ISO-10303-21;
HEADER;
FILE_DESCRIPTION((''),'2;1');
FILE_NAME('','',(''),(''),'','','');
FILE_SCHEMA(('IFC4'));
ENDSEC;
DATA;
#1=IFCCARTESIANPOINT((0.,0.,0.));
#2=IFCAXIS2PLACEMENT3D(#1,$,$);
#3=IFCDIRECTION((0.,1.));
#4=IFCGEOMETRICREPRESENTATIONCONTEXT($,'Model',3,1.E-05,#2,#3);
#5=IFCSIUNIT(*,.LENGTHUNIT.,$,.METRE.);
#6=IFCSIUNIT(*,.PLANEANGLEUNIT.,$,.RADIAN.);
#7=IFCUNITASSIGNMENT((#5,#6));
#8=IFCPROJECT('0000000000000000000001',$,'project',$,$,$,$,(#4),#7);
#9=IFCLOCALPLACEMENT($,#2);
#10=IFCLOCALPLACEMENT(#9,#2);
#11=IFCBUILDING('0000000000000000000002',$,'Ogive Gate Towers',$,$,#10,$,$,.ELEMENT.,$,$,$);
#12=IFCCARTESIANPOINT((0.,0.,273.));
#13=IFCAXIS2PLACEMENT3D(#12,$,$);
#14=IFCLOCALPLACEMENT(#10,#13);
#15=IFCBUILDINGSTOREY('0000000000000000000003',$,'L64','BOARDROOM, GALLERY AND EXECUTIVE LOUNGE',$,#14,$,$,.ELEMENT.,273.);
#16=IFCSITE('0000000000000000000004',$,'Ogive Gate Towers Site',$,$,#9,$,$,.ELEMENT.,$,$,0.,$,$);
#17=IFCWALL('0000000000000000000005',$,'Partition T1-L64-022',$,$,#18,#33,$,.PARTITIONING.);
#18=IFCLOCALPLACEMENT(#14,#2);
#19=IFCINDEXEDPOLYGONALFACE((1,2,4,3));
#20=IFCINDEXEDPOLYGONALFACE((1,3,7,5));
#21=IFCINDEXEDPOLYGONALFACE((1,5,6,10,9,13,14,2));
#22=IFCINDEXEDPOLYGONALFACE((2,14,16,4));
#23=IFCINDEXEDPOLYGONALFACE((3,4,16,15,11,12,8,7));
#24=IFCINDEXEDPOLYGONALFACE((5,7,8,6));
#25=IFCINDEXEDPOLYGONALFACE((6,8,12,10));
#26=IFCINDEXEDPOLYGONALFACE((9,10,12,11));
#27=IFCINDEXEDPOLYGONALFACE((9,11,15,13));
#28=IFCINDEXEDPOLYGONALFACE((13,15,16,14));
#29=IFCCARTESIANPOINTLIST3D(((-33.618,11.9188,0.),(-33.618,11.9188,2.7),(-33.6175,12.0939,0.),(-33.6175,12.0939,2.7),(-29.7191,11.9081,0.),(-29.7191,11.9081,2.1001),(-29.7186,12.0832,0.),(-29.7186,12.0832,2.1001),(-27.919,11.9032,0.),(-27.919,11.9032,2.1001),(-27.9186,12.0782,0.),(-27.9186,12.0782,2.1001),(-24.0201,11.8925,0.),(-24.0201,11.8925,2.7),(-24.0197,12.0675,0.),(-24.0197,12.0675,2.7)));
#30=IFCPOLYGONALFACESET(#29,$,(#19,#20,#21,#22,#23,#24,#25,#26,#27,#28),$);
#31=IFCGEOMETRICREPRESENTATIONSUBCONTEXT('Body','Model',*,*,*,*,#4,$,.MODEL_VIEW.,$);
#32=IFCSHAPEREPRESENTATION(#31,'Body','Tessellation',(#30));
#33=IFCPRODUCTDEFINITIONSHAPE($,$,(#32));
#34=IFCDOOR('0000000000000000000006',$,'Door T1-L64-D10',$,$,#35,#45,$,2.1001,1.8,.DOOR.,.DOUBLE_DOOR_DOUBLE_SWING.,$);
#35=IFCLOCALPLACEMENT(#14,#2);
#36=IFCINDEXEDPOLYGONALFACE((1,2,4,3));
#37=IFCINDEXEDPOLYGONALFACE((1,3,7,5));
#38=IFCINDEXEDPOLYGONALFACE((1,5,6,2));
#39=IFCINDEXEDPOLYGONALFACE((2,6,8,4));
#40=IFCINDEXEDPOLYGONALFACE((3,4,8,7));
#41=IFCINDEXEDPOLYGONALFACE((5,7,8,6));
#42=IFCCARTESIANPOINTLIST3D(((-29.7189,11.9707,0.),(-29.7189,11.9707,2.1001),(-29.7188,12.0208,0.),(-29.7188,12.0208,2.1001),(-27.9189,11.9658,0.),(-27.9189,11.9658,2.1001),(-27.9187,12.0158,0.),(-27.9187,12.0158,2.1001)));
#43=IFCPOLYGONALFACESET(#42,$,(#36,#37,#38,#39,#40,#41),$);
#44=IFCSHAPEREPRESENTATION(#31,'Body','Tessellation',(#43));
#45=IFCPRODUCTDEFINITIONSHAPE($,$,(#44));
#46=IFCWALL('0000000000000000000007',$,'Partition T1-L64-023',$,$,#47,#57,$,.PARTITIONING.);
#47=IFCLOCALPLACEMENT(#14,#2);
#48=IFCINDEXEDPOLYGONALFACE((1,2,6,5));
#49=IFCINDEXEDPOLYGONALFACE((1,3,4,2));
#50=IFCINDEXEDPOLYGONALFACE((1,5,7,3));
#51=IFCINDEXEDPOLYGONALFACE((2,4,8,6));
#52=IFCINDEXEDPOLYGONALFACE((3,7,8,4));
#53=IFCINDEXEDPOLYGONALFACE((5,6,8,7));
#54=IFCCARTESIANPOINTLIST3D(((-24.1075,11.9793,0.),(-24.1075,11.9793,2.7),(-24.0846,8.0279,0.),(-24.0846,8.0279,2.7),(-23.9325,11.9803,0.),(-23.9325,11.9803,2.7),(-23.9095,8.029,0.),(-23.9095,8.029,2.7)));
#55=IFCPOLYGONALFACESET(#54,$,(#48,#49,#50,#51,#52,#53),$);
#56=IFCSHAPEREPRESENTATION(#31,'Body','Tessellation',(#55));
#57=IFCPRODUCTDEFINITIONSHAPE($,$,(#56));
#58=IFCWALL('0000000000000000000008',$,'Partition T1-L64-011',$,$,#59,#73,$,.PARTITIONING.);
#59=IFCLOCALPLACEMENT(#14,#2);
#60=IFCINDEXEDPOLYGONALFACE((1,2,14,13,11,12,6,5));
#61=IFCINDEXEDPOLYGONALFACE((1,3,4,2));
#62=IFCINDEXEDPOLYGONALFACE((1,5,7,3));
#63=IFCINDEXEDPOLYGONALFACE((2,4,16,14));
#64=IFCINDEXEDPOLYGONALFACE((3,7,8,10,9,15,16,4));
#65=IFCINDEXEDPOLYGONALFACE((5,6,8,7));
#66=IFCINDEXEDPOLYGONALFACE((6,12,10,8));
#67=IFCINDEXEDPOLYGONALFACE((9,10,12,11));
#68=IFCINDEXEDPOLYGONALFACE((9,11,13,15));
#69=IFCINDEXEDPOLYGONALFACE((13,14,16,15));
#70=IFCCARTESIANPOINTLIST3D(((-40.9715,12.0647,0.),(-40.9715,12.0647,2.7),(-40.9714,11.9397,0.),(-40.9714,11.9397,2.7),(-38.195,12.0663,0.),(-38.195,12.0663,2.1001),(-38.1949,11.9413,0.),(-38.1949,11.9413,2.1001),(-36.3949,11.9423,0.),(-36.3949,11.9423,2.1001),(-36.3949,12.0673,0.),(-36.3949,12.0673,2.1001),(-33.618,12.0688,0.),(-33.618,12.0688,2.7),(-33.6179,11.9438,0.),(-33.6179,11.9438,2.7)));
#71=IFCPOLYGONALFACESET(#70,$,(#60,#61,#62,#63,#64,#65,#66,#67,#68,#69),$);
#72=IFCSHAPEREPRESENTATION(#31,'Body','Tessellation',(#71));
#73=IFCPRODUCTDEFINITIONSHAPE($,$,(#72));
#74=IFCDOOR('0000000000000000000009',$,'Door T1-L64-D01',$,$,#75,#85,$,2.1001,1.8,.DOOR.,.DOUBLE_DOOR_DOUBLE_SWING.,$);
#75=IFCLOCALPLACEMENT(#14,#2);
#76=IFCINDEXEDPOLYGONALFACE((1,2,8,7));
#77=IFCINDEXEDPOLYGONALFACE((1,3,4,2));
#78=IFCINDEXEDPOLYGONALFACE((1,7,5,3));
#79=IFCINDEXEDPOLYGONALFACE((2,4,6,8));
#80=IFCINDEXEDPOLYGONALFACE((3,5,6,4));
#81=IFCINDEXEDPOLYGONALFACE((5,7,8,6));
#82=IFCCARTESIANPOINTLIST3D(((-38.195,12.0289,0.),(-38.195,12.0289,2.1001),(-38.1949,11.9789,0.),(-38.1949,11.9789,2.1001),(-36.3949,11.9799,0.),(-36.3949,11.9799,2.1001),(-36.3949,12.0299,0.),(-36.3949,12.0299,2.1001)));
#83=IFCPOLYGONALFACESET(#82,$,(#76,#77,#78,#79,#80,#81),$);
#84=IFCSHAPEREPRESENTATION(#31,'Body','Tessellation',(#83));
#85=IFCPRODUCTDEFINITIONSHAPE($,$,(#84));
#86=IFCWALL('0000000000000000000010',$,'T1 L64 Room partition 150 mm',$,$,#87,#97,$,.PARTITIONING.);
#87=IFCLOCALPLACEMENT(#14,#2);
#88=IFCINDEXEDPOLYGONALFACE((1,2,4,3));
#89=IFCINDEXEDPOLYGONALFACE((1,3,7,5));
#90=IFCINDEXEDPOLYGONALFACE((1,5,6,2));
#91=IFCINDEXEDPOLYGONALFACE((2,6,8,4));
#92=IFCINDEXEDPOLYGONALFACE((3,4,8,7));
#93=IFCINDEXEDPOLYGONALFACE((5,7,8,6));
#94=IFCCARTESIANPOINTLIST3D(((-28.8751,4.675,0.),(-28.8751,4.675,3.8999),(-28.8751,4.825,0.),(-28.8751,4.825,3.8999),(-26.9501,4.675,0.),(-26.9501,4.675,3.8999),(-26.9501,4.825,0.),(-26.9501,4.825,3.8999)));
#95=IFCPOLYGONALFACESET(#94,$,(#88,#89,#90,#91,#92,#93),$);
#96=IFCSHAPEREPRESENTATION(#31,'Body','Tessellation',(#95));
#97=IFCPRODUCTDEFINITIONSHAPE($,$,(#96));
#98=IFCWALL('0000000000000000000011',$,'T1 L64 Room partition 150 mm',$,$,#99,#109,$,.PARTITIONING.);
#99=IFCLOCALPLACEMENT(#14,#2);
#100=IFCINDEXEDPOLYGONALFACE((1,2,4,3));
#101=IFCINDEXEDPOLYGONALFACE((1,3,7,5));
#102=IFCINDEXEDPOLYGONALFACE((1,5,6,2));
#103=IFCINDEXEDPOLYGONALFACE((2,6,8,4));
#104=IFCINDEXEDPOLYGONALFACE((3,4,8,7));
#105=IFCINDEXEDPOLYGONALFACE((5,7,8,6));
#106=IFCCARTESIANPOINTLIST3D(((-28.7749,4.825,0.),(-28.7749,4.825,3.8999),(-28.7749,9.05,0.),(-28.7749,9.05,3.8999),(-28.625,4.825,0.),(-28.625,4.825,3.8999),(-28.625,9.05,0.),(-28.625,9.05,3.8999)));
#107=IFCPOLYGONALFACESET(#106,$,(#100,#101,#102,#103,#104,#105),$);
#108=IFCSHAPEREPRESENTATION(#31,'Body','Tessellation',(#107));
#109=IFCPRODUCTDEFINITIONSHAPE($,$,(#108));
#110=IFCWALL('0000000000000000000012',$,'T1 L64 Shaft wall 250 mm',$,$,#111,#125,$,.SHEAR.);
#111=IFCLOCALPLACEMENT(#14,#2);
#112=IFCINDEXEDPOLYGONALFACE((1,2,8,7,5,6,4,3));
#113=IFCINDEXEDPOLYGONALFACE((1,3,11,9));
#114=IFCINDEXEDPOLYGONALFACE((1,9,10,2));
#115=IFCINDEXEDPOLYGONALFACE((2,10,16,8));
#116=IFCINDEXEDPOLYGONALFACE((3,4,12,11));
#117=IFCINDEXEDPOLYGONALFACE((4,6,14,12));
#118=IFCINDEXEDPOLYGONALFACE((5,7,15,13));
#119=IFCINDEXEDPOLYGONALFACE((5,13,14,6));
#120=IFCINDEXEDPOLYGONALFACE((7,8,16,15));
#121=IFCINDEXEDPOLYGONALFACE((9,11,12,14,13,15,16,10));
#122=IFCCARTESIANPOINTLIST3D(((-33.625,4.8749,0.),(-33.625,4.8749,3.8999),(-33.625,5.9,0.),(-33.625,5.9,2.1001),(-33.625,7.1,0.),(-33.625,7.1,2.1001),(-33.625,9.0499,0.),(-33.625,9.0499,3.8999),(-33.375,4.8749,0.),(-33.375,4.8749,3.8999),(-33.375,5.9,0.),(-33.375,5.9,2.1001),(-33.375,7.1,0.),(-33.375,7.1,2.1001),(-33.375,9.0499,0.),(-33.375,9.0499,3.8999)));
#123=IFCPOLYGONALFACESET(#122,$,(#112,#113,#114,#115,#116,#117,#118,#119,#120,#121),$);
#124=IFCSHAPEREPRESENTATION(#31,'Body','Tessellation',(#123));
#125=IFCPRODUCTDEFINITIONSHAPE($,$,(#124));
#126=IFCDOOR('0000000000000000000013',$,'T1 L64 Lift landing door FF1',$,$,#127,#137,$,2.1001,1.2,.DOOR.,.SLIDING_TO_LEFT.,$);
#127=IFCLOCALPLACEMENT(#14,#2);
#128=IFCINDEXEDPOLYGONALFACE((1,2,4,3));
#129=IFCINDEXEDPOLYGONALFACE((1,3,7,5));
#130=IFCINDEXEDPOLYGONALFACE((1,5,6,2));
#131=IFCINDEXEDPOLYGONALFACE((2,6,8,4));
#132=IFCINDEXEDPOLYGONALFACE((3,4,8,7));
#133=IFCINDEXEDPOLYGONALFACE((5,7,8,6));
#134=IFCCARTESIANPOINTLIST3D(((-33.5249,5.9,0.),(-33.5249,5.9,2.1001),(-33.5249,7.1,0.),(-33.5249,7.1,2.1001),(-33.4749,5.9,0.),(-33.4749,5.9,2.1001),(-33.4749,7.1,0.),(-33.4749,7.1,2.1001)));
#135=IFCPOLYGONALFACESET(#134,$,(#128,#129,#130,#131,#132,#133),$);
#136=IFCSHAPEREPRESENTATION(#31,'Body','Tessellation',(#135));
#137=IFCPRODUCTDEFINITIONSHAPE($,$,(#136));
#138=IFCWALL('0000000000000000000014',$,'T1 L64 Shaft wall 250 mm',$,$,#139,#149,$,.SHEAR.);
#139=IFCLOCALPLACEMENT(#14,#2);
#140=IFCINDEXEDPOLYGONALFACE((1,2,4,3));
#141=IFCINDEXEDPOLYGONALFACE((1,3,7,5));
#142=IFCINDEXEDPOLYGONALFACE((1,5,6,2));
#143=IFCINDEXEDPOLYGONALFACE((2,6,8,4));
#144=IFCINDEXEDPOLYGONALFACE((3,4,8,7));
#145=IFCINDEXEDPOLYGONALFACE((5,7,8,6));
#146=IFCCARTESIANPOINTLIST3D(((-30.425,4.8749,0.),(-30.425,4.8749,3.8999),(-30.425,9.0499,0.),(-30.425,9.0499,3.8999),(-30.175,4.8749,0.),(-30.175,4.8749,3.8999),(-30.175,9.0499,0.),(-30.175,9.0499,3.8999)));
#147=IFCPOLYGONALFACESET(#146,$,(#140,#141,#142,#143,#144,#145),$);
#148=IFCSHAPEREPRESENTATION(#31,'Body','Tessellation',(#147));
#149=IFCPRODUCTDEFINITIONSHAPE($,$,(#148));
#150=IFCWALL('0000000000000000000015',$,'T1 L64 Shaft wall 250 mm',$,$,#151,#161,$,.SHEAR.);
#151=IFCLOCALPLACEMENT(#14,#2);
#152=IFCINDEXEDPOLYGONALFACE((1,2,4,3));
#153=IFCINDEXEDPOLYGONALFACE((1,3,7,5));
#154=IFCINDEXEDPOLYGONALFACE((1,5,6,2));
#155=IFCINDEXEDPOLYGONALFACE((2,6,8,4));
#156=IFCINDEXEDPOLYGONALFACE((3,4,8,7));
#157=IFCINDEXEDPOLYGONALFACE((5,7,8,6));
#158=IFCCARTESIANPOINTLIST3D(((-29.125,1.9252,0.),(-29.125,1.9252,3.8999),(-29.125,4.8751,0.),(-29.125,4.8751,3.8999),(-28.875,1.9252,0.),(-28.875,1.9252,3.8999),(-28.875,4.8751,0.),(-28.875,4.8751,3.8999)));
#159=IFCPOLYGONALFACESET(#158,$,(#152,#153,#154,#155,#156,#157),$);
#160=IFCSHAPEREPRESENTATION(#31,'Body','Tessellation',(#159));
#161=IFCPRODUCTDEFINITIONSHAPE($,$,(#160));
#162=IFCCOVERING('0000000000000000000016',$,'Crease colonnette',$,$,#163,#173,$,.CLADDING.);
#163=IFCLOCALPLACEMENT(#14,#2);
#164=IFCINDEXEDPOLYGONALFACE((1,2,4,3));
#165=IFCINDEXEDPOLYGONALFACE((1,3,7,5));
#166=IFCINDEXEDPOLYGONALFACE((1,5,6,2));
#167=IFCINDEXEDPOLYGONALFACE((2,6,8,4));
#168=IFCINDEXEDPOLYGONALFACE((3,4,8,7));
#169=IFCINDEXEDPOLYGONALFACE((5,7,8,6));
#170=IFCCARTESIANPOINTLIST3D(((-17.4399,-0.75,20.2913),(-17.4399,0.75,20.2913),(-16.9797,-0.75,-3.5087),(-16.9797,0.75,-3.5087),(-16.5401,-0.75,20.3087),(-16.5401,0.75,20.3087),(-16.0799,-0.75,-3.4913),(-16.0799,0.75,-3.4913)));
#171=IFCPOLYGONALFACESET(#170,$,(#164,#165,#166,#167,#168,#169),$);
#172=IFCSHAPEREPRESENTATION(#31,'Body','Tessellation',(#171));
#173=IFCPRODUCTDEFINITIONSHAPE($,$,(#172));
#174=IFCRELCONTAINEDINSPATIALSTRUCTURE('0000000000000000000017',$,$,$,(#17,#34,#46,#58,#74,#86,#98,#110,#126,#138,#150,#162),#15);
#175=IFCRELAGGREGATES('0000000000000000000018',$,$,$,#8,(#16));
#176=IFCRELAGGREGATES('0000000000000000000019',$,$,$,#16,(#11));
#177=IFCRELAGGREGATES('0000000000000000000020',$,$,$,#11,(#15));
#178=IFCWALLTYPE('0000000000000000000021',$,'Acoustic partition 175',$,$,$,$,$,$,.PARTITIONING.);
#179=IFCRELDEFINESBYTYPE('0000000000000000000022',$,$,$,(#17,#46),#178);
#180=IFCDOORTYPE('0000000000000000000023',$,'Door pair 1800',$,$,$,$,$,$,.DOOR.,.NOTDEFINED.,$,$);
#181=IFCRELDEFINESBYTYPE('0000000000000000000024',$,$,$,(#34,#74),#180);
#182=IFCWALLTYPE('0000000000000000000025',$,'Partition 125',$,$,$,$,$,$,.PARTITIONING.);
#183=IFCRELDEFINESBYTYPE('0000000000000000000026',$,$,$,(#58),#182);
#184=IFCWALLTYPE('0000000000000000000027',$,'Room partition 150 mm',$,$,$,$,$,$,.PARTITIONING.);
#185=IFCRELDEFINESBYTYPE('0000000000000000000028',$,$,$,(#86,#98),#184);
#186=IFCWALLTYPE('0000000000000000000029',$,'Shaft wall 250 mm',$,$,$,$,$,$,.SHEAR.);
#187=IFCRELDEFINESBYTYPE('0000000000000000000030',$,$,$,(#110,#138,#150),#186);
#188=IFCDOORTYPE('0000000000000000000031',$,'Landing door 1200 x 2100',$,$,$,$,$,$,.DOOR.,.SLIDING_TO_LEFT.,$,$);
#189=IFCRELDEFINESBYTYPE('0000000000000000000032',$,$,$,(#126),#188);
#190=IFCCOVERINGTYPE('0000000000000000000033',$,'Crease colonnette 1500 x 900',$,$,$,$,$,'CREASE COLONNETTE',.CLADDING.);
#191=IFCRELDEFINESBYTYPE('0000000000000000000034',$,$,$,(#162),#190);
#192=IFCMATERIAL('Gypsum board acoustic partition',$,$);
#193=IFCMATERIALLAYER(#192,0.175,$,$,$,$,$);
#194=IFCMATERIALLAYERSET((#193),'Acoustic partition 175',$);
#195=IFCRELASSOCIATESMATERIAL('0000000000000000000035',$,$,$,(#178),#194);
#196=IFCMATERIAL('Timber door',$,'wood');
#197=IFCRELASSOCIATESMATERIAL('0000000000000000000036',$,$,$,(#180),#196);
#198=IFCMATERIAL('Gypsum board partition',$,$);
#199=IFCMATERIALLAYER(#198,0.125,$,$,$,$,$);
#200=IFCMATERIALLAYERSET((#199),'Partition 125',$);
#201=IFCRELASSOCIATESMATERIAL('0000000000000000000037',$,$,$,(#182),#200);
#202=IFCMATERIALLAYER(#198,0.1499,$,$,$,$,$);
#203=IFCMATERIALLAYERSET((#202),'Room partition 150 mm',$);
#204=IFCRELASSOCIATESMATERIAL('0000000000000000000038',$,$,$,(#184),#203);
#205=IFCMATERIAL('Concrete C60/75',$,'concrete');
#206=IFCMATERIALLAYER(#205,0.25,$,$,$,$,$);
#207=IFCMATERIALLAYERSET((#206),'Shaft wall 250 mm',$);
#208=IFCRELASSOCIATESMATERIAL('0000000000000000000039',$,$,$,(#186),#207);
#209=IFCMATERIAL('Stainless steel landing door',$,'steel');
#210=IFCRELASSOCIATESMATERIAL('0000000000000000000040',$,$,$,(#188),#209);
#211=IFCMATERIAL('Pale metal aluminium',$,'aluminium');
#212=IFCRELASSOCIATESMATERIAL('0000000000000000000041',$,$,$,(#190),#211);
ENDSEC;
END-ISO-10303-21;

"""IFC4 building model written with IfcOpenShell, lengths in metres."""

from ifc_helpers import new_model, si_unit, direction, frame, frame_2d, origin, origin_2d, place, context, subcontext, project, spatial, rectangle, extrude, material, layer, layer_set, material_profile, profile_set, type_object, element, fill, save


model = new_model("IFC4")

# Units and contexts
model_context = context("Model", 3, precision=1e-05, world=origin(), true_north=direction((0.0, 1.0)))
body_context = subcontext(model_context, "Body", "Model", "MODEL_VIEW")
ifc_project = project(units=[si_unit("LENGTHUNIT", "METRE"), si_unit("PLANEANGLEUNIT", "RADIAN")], contexts=[model_context])

# Site, building, storey
site_placement = place(None, origin())
site = spatial("IfcSite", under=ifc_project, at=site_placement, Name="Ogive Gate Towers Site", CompositionType="ELEMENT", RefElevation=0.0)
building_placement = place(site_placement, origin())
building = spatial("IfcBuilding", under=site, at=building_placement, Name="Ogive Gate Towers", CompositionType="ELEMENT")
storey_placement = place(building_placement, frame((0.0, 0.0, 273.0)))
storey = spatial("IfcBuildingStorey", under=building, at=storey_placement, Name="L64", Description="BOARDROOM, GALLERY AND EXECUTIVE LOUNGE", CompositionType="ELEMENT", Elevation=273.0)

# Shared definitions
ifc_material_1 = material(Name="Gypsum board acoustic partition")
ifc_layer_1 = layer(ifc_material_1, 0.175)
ifc_layer_set_1 = layer_set([ifc_layer_1], Name="Acoustic partition 175")
wall_type_1 = type_object("IfcWallType", Name="Acoustic partition 175", PredefinedType="PARTITIONING", material=ifc_layer_set_1)

# Wall, opening, door
ifc_material_2 = material(Name="Timber door", Category="wood")
wall_1_placement = place(storey_placement, frame((-24.02, 11.98, 0.0), z_axis=(0.0, 0.0, 1.0), x_axis=(-0.999996, 0.002747, 0.0)))
wall_1 = element("IfcWall", 1, at=wall_1_placement, inside=storey, type_object=wall_type_1, Name="Partition T1-L64-022", PredefinedType="PARTITIONING", context=body_context, shape_type="SweptSolid", body=[
    extrude(rectangle(XDim=9.5979, YDim=0.175, at=frame_2d((4.7988, 0.0))), origin(), (0.0, 0.0, 1.0), 2.7),
])
opening_1_placement = place(wall_1_placement, frame((3.8989, 0.0, 0.0)))
opening_1 = element("IfcOpeningElement", 2, at=opening_1_placement, cuts=wall_1, PredefinedType="OPENING", context=body_context, shape_type="SweptSolid", body=[
    extrude(rectangle(XDim=1.8, YDim=2.1001, at=frame_2d((0.8999, 1.05))), frame((0.0, 0.0977, 0.0), z_axis=(0.0, -1.0, 0.0), x_axis=(1.0, 0.0, 0.0)), (0.0, 0.0, 1.0), 0.1951),
])
door_type_1 = type_object("IfcDoorType", Name="Door pair 1800", OperationType="NOTDEFINED", PredefinedType="DOOR", material=ifc_material_2)
door_1_placement = place(opening_1_placement, origin())
door_1 = element("IfcDoor", 3, at=door_1_placement, inside=storey, type_object=door_type_1, Name="Door T1-L64-D10", OperationType="DOUBLE_DOOR_DOUBLE_SWING", OverallHeight=2.1001, OverallWidth=1.8, PredefinedType="DOOR", context=body_context, shape_type="SweptSolid", body=[
    extrude(rectangle(XDim=1.8, YDim=2.1001, at=frame_2d((0.8999, 1.05))), frame((0.0, 0.0249, 0.0), z_axis=(0.0, -1.0, 0.0), x_axis=(1.0, 0.0, 0.0)), (0.0, 0.0, 1.0), 0.05),
])
fill(opening_1, door_1)

# Wall
wall_2_placement = place(storey_placement, frame((-23.9971, 8.0286, 0.0), z_axis=(0.0, 0.0, 1.0), x_axis=(-0.005808, 0.999983, 0.0)))
element("IfcWall", 4, at=wall_2_placement, inside=storey, type_object=wall_type_1, Name="Partition T1-L64-023", PredefinedType="PARTITIONING", context=body_context, shape_type="SweptSolid", body=[
    extrude(rectangle(XDim=3.9514, YDim=0.175, at=frame_2d((1.9756, 0.0))), origin(), (0.0, 0.0, 1.0), 2.7),
])

# Wall, opening, door
ifc_material_3 = material(Name="Gypsum board partition")
ifc_layer_2 = layer(ifc_material_3, 0.125)
ifc_layer_set_2 = layer_set([ifc_layer_2], Name="Partition 125")
wall_type_2 = type_object("IfcWallType", Name="Partition 125", PredefinedType="PARTITIONING", material=ifc_layer_set_2)
wall_3_placement = place(storey_placement, frame((-33.6179, 12.0063, 0.0), z_axis=(0.0, 0.0, 1.0), x_axis=(-1.0, -0.000564, 0.0)))
wall_3 = element("IfcWall", 5, at=wall_3_placement, inside=storey, type_object=wall_type_2, Name="Partition T1-L64-011", PredefinedType="PARTITIONING", context=body_context, shape_type="SweptSolid", body=[
    extrude(rectangle(XDim=7.3535, YDim=0.125, at=frame_2d((3.6768, 0.0))), origin(), (0.0, 0.0, 1.0), 2.7),
])
opening_2_placement = place(wall_3_placement, frame((2.7771, 0.0, 0.0)))
opening_2 = element("IfcOpeningElement", 6, at=opening_2_placement, cuts=wall_3, PredefinedType="OPENING", context=body_context, shape_type="SweptSolid", body=[
    extrude(rectangle(XDim=1.8, YDim=2.1001, at=frame_2d((0.8999, 1.05))), frame((0.0, 0.0725, 0.0), z_axis=(0.0, -1.0, 0.0), x_axis=(1.0, 0.0, 0.0)), (0.0, 0.0, 1.0), 0.145),
])
door_2_placement = place(opening_2_placement, origin())
door_2 = element("IfcDoor", 7, at=door_2_placement, inside=storey, type_object=door_type_1, Name="Door T1-L64-D01", OperationType="DOUBLE_DOOR_DOUBLE_SWING", OverallHeight=2.1001, OverallWidth=1.8, PredefinedType="DOOR", context=body_context, shape_type="SweptSolid", body=[
    extrude(rectangle(XDim=1.8, YDim=2.1001, at=frame_2d((0.8999, 1.05))), frame((0.0, 0.0249, 0.0), z_axis=(0.0, -1.0, 0.0), x_axis=(1.0, 0.0, 0.0)), (0.0, 0.0, 1.0), 0.05),
])
fill(opening_2, door_2)

# Walls
ifc_layer_3 = layer(ifc_material_3, 0.1499)
ifc_layer_set_3 = layer_set([ifc_layer_3], Name="Room partition 150 mm")
wall_type_3 = type_object("IfcWallType", Name="Room partition 150 mm", PredefinedType="PARTITIONING", material=ifc_layer_set_3)
wall_4_placement = place(storey_placement, frame((-28.875, 4.75, 0.0), z_axis=(0.0, 0.0, 1.0), x_axis=(1.0, 0.0, 0.0)))
element("IfcWall", 8, at=wall_4_placement, inside=storey, type_object=wall_type_3, Name="T1 L64 Room partition 150 mm", PredefinedType="PARTITIONING", context=body_context, shape_type="SweptSolid", body=[
    extrude(rectangle(XDim=1.925, YDim=0.1499, at=frame_2d((0.9624, 0.0))), origin(), (0.0, 0.0, 1.0), 3.8999),
])
wall_5_placement = place(storey_placement, frame((-28.7, 4.825, 0.0), z_axis=(0.0, 0.0, 1.0), x_axis=(0.0, 1.0, 0.0)))
element("IfcWall", 9, at=wall_5_placement, inside=storey, type_object=wall_type_3, Name="T1 L64 Room partition 150 mm", PredefinedType="PARTITIONING", context=body_context, shape_type="SweptSolid", body=[
    extrude(rectangle(XDim=4.2251, YDim=0.1499, at=frame_2d((2.1125, 0.0))), origin(), (0.0, 0.0, 1.0), 3.8999),
])

# Wall, opening, door
ifc_material_4 = material(Name="Concrete C60/75", Category="concrete")
ifc_layer_4 = layer(ifc_material_4, 0.25)
ifc_layer_set_4 = layer_set([ifc_layer_4], Name="Shaft wall 250 mm")
wall_type_4 = type_object("IfcWallType", Name="Shaft wall 250 mm", PredefinedType="SHEAR", material=ifc_layer_set_4)
wall_6_placement = place(storey_placement, frame((-33.5, 4.875, 0.0), z_axis=(0.0, 0.0, 1.0), x_axis=(0.0, 1.0, 0.0)))
wall_6 = element("IfcWall", 10, at=wall_6_placement, inside=storey, type_object=wall_type_4, Name="T1 L64 Shaft wall 250 mm", PredefinedType="SHEAR", context=body_context, shape_type="SweptSolid", body=[
    extrude(rectangle(XDim=4.175, YDim=0.25, at=frame_2d((2.0874, 0.0))), origin(), (0.0, 0.0, 1.0), 3.8999),
])
opening_3_placement = place(wall_6_placement, frame((1.0249, 0.0, 0.0)))
opening_3 = element("IfcOpeningElement", 11, at=opening_3_placement, cuts=wall_6, PredefinedType="OPENING", context=body_context, shape_type="SweptSolid", body=[
    extrude(rectangle(XDim=1.2, YDim=2.1001, at=frame_2d((0.6001, 1.05))), frame((0.0, 0.135, 0.0), z_axis=(0.0, -1.0, 0.0), x_axis=(1.0, 0.0, 0.0)), (0.0, 0.0, 1.0), 0.27),
])
ifc_material_5 = material(Name="Stainless steel landing door", Category="steel")
door_type_2 = type_object("IfcDoorType", Name="Landing door 1200 x 2100", OperationType="SLIDING_TO_LEFT", PredefinedType="DOOR", material=ifc_material_5)
door_3_placement = place(opening_3_placement, origin())
door_3 = element("IfcDoor", 12, at=door_3_placement, inside=storey, type_object=door_type_2, Name="T1 L64 Lift landing door FF1", OperationType="SLIDING_TO_LEFT", OverallHeight=2.1001, OverallWidth=1.2, PredefinedType="DOOR", context=body_context, shape_type="SweptSolid", body=[
    extrude(rectangle(XDim=1.2, YDim=2.1001, at=frame_2d((0.6001, 1.05))), frame((0.0, 0.0249, 0.0), z_axis=(0.0, -1.0, 0.0), x_axis=(1.0, 0.0, 0.0)), (0.0, 0.0, 1.0), 0.05),
])
fill(opening_3, door_3)

# Walls
wall_7_placement = place(storey_placement, frame((-30.3, 4.875, 0.0), z_axis=(0.0, 0.0, 1.0), x_axis=(0.0, 1.0, 0.0)))
element("IfcWall", 13, at=wall_7_placement, inside=storey, type_object=wall_type_4, Name="T1 L64 Shaft wall 250 mm", PredefinedType="SHEAR", context=body_context, shape_type="SweptSolid", body=[
    extrude(rectangle(XDim=4.175, YDim=0.25, at=frame_2d((2.0874, 0.0))), origin(), (0.0, 0.0, 1.0), 3.8999),
])
wall_8_placement = place(storey_placement, frame((-29.0, 1.925, 0.0), z_axis=(0.0, 0.0, 1.0), x_axis=(0.0, 1.0, 0.0)))
element("IfcWall", 14, at=wall_8_placement, inside=storey, type_object=wall_type_4, Name="T1 L64 Shaft wall 250 mm", PredefinedType="SHEAR", context=body_context, shape_type="SweptSolid", body=[
    extrude(rectangle(XDim=2.95, YDim=0.25, at=frame_2d((1.4751, 0.0))), origin(), (0.0, 0.0, 1.0), 3.8999),
])

# Covering
ifc_material_6 = material(Name="Pale metal aluminium", Category="aluminium")
ifc_material_profile_1 = material_profile(ifc_material_6, rectangle(XDim=1.5, YDim=0.8999, at=origin_2d()), Name="1500 x 900 pale metal aluminium")
ifc_profile_set_1 = profile_set([ifc_material_profile_1], Name="Pale metal aluminium")
covering_type_1 = type_object("IfcCoveringType", Name="Crease colonnette 1500 x 900", ElementType="CREASE COLONNETTE", PredefinedType="CLADDING", material=ifc_profile_set_1)
for number, where, z_axis, x_axis, name in (
    (15, (-16.5298, 0.0, -3.5), (-0.019333, 0.0, 0.999813), (0.0, -1.0, 0.0), "Crease colonnette"),
):
    element("IfcCovering", number, at=place(storey_placement, frame(where, z_axis=z_axis, x_axis=x_axis)), inside=storey, type_object=covering_type_1, Name=name, PredefinedType="CLADDING", context=body_context, shape_type="SweptSolid", body=[
        extrude(rectangle(XDim=1.5, YDim=0.8999, at=origin_2d()), origin(), (0.0, 0.0, 1.0), 23.8044),
    ])

save(model, "model.ifc")
